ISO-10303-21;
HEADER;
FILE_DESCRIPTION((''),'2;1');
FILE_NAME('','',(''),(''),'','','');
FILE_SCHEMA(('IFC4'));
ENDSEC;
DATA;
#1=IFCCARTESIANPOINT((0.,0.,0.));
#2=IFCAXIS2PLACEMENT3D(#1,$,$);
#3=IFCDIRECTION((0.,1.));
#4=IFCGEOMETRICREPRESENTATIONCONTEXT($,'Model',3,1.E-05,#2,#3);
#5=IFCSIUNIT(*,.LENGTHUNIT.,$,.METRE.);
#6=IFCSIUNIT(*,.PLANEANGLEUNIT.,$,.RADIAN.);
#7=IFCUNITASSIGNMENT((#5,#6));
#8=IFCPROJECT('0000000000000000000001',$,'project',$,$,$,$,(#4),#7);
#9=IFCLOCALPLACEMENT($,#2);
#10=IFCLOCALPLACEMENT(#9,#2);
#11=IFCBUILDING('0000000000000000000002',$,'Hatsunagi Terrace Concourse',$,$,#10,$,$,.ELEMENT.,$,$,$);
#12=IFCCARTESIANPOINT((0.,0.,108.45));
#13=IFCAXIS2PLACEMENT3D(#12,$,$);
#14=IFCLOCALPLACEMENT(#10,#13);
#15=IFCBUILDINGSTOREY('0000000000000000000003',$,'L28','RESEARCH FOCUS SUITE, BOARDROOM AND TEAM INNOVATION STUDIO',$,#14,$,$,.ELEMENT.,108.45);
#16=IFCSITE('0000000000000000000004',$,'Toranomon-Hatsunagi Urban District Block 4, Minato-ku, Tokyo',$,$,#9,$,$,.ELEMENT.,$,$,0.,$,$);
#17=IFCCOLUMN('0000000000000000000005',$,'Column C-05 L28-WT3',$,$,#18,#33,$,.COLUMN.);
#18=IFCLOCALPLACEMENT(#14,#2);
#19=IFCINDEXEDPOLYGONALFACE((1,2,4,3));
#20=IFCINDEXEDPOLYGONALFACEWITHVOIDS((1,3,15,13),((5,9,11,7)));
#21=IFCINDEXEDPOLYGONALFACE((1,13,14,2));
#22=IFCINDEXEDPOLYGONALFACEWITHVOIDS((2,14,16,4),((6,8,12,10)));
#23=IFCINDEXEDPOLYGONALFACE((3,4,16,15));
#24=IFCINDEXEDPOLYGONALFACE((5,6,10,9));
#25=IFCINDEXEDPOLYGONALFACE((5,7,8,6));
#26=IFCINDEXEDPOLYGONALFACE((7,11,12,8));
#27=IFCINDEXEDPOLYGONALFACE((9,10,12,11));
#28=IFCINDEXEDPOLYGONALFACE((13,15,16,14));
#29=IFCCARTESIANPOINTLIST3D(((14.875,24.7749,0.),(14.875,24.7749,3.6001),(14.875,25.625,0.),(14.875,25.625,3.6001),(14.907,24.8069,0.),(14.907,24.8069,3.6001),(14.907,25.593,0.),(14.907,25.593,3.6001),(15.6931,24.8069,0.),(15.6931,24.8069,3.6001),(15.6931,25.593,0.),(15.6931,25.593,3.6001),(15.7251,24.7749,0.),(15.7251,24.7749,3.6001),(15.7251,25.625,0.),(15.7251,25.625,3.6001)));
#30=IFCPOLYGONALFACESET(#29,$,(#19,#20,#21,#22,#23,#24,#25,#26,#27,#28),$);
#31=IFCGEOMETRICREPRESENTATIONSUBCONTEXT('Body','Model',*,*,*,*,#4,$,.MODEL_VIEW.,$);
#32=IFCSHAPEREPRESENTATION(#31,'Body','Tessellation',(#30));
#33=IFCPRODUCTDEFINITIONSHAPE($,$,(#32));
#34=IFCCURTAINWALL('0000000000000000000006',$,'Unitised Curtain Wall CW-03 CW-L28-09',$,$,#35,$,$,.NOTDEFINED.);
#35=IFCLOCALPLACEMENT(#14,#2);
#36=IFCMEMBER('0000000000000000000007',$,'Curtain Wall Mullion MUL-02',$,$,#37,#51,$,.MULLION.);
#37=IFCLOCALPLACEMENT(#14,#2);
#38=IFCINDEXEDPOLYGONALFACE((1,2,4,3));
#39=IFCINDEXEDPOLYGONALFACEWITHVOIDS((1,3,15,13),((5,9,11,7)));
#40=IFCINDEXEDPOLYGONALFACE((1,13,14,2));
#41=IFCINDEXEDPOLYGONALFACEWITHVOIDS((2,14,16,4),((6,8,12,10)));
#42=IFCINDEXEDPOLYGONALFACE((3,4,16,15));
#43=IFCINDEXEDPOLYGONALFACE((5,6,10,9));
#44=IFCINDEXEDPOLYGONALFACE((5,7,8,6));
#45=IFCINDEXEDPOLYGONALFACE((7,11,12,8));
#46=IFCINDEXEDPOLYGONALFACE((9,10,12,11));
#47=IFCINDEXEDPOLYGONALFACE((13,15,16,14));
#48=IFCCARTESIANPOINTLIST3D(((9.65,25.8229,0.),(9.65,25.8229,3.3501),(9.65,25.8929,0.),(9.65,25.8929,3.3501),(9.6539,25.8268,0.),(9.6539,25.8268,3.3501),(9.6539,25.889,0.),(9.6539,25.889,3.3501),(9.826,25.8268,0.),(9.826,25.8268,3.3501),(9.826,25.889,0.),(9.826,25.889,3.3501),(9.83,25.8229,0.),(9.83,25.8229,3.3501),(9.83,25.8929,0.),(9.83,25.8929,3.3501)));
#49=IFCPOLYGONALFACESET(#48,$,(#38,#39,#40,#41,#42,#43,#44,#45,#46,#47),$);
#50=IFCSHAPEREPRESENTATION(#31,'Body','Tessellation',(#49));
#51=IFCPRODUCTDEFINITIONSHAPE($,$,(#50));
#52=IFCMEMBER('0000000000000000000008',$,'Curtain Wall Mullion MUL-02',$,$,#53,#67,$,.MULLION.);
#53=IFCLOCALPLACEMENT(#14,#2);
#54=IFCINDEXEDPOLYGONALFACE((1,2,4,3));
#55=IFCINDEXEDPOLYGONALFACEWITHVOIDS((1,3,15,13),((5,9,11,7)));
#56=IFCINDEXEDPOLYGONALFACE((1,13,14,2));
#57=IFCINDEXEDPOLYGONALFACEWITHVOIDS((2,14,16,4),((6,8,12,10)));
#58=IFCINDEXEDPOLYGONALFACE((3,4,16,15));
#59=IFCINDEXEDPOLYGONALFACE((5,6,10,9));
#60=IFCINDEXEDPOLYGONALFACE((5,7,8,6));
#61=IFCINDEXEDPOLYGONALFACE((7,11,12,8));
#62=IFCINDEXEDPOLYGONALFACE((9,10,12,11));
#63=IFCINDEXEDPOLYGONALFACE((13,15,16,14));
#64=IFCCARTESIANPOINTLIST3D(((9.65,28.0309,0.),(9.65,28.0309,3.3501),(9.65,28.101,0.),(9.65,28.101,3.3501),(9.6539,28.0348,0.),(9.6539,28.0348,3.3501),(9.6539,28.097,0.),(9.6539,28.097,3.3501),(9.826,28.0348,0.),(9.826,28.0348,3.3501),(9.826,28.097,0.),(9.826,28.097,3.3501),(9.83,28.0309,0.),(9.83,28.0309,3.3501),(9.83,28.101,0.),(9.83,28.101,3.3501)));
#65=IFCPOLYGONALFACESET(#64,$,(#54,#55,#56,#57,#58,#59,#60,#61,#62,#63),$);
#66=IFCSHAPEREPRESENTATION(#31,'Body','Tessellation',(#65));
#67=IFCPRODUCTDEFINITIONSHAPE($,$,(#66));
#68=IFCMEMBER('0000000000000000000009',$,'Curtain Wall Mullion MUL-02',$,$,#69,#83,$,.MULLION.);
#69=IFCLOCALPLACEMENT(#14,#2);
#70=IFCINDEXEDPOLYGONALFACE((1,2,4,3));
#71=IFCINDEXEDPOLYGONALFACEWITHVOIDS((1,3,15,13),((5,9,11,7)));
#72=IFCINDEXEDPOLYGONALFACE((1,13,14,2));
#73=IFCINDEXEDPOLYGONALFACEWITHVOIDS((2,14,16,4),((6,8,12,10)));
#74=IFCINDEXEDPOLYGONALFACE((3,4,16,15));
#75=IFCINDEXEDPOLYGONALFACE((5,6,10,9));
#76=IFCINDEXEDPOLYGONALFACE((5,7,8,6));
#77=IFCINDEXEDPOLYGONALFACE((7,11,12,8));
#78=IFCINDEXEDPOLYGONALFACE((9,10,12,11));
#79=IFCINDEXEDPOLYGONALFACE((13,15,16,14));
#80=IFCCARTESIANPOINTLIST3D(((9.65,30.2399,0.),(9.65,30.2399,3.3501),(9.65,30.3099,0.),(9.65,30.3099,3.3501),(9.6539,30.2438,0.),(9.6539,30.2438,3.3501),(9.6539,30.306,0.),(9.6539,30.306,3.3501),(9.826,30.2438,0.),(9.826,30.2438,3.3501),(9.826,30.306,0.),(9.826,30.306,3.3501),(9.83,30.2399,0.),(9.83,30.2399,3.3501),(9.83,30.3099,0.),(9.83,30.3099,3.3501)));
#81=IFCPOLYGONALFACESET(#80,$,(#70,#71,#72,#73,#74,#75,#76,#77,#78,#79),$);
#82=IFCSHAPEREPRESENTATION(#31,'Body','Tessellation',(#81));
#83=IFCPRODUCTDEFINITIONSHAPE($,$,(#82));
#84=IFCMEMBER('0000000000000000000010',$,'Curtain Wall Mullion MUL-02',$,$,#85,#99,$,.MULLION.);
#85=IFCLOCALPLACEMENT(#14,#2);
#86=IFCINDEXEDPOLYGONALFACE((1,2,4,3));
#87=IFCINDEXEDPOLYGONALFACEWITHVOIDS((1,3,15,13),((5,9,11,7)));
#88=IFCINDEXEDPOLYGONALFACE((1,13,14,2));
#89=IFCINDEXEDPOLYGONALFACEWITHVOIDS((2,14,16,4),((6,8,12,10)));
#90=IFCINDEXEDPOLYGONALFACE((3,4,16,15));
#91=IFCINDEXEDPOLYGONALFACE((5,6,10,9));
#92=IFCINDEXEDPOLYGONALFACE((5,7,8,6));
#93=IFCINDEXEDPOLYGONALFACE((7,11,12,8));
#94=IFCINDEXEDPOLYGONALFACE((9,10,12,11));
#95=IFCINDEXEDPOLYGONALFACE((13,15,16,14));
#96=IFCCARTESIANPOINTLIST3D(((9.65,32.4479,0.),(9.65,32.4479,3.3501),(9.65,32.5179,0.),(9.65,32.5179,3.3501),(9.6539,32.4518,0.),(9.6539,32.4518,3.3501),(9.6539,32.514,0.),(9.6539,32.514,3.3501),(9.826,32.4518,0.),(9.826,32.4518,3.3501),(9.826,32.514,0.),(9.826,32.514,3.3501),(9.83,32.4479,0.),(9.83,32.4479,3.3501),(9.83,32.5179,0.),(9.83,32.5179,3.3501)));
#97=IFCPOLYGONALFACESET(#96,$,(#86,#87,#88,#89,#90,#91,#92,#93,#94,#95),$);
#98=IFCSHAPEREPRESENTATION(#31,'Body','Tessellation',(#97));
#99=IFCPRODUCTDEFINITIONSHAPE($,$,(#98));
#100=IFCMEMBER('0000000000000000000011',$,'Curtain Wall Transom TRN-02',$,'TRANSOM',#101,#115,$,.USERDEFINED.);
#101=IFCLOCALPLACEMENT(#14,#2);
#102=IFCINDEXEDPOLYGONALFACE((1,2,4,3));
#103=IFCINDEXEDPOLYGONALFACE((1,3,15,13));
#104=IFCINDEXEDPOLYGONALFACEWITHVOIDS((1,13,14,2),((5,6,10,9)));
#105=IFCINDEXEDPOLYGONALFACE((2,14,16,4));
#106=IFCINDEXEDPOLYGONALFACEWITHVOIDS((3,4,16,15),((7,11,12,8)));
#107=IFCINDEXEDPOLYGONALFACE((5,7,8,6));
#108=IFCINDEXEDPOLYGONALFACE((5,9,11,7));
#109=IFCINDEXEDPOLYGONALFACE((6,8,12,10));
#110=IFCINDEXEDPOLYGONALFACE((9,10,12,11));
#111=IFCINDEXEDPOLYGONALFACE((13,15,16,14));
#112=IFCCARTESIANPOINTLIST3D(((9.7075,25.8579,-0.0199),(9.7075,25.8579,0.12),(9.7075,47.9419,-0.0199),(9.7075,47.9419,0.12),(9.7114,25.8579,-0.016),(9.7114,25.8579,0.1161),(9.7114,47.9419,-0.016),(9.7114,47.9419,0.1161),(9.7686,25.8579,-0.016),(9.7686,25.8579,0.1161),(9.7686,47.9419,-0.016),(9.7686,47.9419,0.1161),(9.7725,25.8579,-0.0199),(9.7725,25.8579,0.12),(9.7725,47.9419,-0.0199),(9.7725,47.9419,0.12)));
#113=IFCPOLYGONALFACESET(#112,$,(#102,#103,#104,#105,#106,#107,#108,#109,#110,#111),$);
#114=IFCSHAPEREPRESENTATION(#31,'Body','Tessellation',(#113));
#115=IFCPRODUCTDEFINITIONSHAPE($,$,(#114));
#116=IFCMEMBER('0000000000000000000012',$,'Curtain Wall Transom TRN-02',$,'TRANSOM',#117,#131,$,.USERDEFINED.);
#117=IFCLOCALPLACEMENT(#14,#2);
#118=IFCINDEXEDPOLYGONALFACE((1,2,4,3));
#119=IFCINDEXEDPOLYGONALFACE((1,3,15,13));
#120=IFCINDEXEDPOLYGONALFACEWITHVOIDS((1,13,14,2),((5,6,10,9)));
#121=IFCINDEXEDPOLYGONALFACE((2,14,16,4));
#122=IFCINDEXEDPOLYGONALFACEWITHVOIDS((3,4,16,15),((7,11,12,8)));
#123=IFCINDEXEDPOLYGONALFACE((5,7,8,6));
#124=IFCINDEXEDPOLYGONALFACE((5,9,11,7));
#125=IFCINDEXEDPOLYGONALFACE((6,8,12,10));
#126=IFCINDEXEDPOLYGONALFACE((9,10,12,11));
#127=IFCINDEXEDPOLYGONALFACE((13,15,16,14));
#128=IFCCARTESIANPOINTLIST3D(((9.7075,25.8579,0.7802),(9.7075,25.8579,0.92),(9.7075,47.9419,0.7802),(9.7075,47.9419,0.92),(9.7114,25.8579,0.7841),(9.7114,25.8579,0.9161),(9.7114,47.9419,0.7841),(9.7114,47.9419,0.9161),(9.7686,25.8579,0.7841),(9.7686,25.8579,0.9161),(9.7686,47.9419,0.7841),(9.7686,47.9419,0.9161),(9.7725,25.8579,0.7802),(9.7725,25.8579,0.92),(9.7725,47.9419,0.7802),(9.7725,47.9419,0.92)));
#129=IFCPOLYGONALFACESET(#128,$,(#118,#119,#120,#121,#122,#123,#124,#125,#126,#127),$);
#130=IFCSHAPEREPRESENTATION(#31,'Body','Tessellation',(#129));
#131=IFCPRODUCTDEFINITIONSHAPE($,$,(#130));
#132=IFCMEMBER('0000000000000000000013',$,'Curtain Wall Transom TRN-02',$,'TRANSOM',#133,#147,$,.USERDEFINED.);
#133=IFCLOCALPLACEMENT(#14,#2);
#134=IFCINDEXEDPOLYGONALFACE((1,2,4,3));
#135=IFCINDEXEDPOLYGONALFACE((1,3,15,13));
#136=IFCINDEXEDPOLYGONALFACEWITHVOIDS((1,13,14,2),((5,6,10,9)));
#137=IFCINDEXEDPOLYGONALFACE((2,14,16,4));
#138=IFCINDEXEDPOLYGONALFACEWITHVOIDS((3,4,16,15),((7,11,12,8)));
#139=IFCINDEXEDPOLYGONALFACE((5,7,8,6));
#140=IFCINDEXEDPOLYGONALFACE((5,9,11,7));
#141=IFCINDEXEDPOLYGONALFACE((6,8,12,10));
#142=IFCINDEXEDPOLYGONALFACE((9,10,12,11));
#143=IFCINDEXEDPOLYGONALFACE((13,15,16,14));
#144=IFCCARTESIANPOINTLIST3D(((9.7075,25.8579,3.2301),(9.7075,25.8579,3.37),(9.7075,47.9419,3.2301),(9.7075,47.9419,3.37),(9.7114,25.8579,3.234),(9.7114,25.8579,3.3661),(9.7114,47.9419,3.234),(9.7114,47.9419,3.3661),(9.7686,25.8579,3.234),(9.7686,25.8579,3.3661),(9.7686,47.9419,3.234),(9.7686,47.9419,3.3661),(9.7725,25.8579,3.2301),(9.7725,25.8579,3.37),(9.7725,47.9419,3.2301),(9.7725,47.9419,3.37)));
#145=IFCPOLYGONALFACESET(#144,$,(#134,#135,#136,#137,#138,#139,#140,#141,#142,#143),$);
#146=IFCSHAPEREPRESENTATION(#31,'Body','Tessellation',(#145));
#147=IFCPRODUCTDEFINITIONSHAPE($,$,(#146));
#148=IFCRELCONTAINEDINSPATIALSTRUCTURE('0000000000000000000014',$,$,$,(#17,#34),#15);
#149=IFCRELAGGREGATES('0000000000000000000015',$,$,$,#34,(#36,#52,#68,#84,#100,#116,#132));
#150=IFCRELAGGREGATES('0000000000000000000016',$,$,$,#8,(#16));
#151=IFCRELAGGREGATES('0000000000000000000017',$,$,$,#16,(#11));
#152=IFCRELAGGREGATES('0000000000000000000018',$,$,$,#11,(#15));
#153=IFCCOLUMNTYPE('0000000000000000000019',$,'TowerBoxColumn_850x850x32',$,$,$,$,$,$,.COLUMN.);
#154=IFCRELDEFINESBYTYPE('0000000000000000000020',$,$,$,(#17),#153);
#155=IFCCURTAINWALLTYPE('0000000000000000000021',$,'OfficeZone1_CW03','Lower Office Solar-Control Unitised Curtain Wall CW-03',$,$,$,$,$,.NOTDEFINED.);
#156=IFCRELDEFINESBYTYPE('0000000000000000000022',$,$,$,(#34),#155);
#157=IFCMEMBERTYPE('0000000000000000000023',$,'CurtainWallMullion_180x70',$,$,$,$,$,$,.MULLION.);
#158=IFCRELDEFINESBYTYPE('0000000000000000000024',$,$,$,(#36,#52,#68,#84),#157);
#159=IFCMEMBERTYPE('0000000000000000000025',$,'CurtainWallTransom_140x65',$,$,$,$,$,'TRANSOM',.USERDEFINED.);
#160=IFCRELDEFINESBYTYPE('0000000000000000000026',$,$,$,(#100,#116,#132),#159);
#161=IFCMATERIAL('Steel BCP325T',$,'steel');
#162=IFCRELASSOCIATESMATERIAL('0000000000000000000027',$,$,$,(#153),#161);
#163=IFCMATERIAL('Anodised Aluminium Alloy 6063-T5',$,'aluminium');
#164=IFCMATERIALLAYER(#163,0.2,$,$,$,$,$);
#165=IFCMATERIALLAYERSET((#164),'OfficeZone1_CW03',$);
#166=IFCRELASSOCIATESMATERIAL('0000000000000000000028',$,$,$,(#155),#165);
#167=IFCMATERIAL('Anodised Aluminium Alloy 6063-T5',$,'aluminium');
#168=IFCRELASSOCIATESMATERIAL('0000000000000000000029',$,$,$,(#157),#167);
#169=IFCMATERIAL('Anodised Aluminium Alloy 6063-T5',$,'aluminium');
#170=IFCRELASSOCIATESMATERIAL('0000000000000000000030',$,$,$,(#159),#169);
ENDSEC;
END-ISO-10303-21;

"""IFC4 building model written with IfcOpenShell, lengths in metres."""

from ifc_helpers import new_model, si_unit, direction, frame, origin, origin_2d, place, context, subcontext, project, spatial, hollow_rectangle, extrude, material, layer, layer_set, material_profile, profile_set, type_object, element, aggregate, save


model = new_model("IFC4")

# Units and contexts
model_context = context("Model", 3, precision=1e-05, world=origin(), true_north=direction((0.0, 1.0)))
body_context = subcontext(model_context, "Body", "Model", "MODEL_VIEW")
ifc_project = project(units=[si_unit("LENGTHUNIT", "METRE"), si_unit("PLANEANGLEUNIT", "RADIAN")], contexts=[model_context])

# Site, building, storey
site_placement = place(None, origin())
site = spatial("IfcSite", under=ifc_project, at=site_placement, Name="Toranomon-Hatsunagi Urban District Block 4, Minato-ku, Tokyo", CompositionType="ELEMENT", RefElevation=0.0)
building_placement = place(site_placement, origin())
building = spatial("IfcBuilding", under=site, at=building_placement, Name="Hatsunagi Terrace Concourse", CompositionType="ELEMENT")
storey_placement = place(building_placement, frame((0.0, 0.0, 108.45)))
storey = spatial("IfcBuildingStorey", under=building, at=storey_placement, Name="L28", Description="RESEARCH FOCUS SUITE, BOARDROOM AND TEAM INNOVATION STUDIO", CompositionType="ELEMENT", Elevation=108.45)

# Column
ifc_material_1 = material(Name="Steel BCP325T", Category="steel")
ifc_material_profile_1 = material_profile(ifc_material_1, hollow_rectangle(XDim=0.8501, YDim=0.8501, WallThickness=0.032, at=origin_2d()), Name="BCP-850x850x32")
ifc_profile_set_1 = profile_set([ifc_material_profile_1], Name="Steel BCP325T")
column_type = type_object("IfcColumnType", Name="TowerBoxColumn_850x850x32", PredefinedType="COLUMN", material=ifc_profile_set_1)
column_placement = place(storey_placement, frame((15.3, 25.2, 0.0), z_axis=(0.0, 0.0, 1.0), x_axis=(1.0, 0.0, 0.0)))
element("IfcColumn", 1, at=column_placement, inside=storey, type_object=column_type, Name="Column C-05 L28-WT3", PredefinedType="COLUMN", context=body_context, shape_type="SweptSolid", body=[
    extrude(hollow_rectangle(XDim=0.8501, YDim=0.8501, WallThickness=0.032, at=origin_2d()), origin(), (0.0, 0.0, 1.0), 3.6001),
])

# Curtain wall, members
ifc_material_2 = material(Name="Anodised Aluminium Alloy 6063-T5", Category="aluminium")
ifc_layer_1 = layer(ifc_material_2, 0.2)
ifc_layer_set_1 = layer_set([ifc_layer_1], Name="OfficeZone1_CW03")
curtain_wall_type = type_object("IfcCurtainWallType", Name="OfficeZone1_CW03", Description="Lower Office Solar-Control Unitised Curtain Wall CW-03", PredefinedType="NOTDEFINED", material=ifc_layer_set_1)
curtain_wall_placement = place(storey_placement, origin())
curtain_wall = element("IfcCurtainWall", 2, at=curtain_wall_placement, inside=storey, type_object=curtain_wall_type, Name="Unitised Curtain Wall CW-03 CW-L28-09", PredefinedType="NOTDEFINED")
ifc_material_3 = material(Name="Anodised Aluminium Alloy 6063-T5", Category="aluminium")
ifc_material_profile_2 = material_profile(ifc_material_3, hollow_rectangle(XDim=0.0701, YDim=0.1799, WallThickness=0.0039, at=origin_2d()), Name="ALU-MUL-180x70x4")
ifc_profile_set_2 = profile_set([ifc_material_profile_2], Name="Anodised Aluminium Alloy 6063-T5")
member_type_1 = type_object("IfcMemberType", Name="CurtainWallMullion_180x70", PredefinedType="MULLION", material=ifc_profile_set_2)
member_1_placement = place(storey_placement, frame((9.74, 25.8579, 0.0), z_axis=(0.0, 0.0, 1.0), x_axis=(0.0, 1.0, 0.0)))
member_1 = element("IfcMember", 3, at=member_1_placement, type_object=member_type_1, Name="Curtain Wall Mullion MUL-02", PredefinedType="MULLION", context=body_context, shape_type="SweptSolid", body=[
    extrude(hollow_rectangle(XDim=0.0701, YDim=0.1799, WallThickness=0.0039, at=origin_2d()), origin(), (0.0, 0.0, 1.0), 3.3501),
])
member_2_placement = place(storey_placement, frame((9.74, 28.0659, 0.0), z_axis=(0.0, 0.0, 1.0), x_axis=(0.0, 1.0, 0.0)))
member_2 = element("IfcMember", 4, at=member_2_placement, type_object=member_type_1, Name="Curtain Wall Mullion MUL-02", PredefinedType="MULLION", context=body_context, shape_type="SweptSolid", body=[
    extrude(hollow_rectangle(XDim=0.0701, YDim=0.1799, WallThickness=0.0039, at=origin_2d()), origin(), (0.0, 0.0, 1.0), 3.3501),
])
member_3_placement = place(storey_placement, frame((9.74, 30.2749, 0.0), z_axis=(0.0, 0.0, 1.0), x_axis=(0.0, 1.0, 0.0)))
member_3 = element("IfcMember", 5, at=member_3_placement, type_object=member_type_1, Name="Curtain Wall Mullion MUL-02", PredefinedType="MULLION", context=body_context, shape_type="SweptSolid", body=[
    extrude(hollow_rectangle(XDim=0.0701, YDim=0.1799, WallThickness=0.0039, at=origin_2d()), origin(), (0.0, 0.0, 1.0), 3.3501),
])
member_4_placement = place(storey_placement, frame((9.74, 32.4829, 0.0), z_axis=(0.0, 0.0, 1.0), x_axis=(0.0, 1.0, 0.0)))
member_4 = element("IfcMember", 6, at=member_4_placement, type_object=member_type_1, Name="Curtain Wall Mullion MUL-02", PredefinedType="MULLION", context=body_context, shape_type="SweptSolid", body=[
    extrude(hollow_rectangle(XDim=0.0701, YDim=0.1799, WallThickness=0.0039, at=origin_2d()), origin(), (0.0, 0.0, 1.0), 3.3501),
])
ifc_material_4 = material(Name="Anodised Aluminium Alloy 6063-T5", Category="aluminium")
ifc_material_profile_3 = material_profile(ifc_material_4, hollow_rectangle(XDim=0.0649, YDim=0.1399, WallThickness=0.0039, at=origin_2d()), Name="ALU-TRN-140x65x4")
ifc_profile_set_3 = profile_set([ifc_material_profile_3], Name="Anodised Aluminium Alloy 6063-T5")
member_type_2 = type_object("IfcMemberType", Name="CurtainWallTransom_140x65", ElementType="TRANSOM", PredefinedType="USERDEFINED", material=ifc_profile_set_3)
member_5_placement = place(storey_placement, frame((9.74, 25.8579, 0.05), z_axis=(0.0, 1.0, 0.0), x_axis=(-1.0, 0.0, 0.0)))
member_5 = element("IfcMember", 7, at=member_5_placement, type_object=member_type_2, Name="Curtain Wall Transom TRN-02", ObjectType="TRANSOM", PredefinedType="USERDEFINED", context=body_context, shape_type="SweptSolid", body=[
    extrude(hollow_rectangle(XDim=0.0649, YDim=0.1399, WallThickness=0.0039, at=origin_2d()), origin(), (0.0, 0.0, 1.0), 22.084),
])
member_6_placement = place(storey_placement, frame((9.74, 25.8579, 0.8501), z_axis=(0.0, 1.0, 0.0), x_axis=(-1.0, 0.0, 0.0)))
member_6 = element("IfcMember", 8, at=member_6_placement, type_object=member_type_2, Name="Curtain Wall Transom TRN-02", ObjectType="TRANSOM", PredefinedType="USERDEFINED", context=body_context, shape_type="SweptSolid", body=[
    extrude(hollow_rectangle(XDim=0.0649, YDim=0.1399, WallThickness=0.0039, at=origin_2d()), origin(), (0.0, 0.0, 1.0), 22.084),
])
member_7_placement = place(storey_placement, frame((9.74, 25.8579, 3.3), z_axis=(0.0, 1.0, 0.0), x_axis=(-1.0, 0.0, 0.0)))
member_7 = element("IfcMember", 9, at=member_7_placement, type_object=member_type_2, Name="Curtain Wall Transom TRN-02", ObjectType="TRANSOM", PredefinedType="USERDEFINED", context=body_context, shape_type="SweptSolid", body=[
    extrude(hollow_rectangle(XDim=0.0649, YDim=0.1399, WallThickness=0.0039, at=origin_2d()), origin(), (0.0, 0.0, 1.0), 22.084),
])

aggregate(curtain_wall, [member_1, member_2, member_3, member_4, member_5, member_6, member_7])

save(model, "model.ifc")
